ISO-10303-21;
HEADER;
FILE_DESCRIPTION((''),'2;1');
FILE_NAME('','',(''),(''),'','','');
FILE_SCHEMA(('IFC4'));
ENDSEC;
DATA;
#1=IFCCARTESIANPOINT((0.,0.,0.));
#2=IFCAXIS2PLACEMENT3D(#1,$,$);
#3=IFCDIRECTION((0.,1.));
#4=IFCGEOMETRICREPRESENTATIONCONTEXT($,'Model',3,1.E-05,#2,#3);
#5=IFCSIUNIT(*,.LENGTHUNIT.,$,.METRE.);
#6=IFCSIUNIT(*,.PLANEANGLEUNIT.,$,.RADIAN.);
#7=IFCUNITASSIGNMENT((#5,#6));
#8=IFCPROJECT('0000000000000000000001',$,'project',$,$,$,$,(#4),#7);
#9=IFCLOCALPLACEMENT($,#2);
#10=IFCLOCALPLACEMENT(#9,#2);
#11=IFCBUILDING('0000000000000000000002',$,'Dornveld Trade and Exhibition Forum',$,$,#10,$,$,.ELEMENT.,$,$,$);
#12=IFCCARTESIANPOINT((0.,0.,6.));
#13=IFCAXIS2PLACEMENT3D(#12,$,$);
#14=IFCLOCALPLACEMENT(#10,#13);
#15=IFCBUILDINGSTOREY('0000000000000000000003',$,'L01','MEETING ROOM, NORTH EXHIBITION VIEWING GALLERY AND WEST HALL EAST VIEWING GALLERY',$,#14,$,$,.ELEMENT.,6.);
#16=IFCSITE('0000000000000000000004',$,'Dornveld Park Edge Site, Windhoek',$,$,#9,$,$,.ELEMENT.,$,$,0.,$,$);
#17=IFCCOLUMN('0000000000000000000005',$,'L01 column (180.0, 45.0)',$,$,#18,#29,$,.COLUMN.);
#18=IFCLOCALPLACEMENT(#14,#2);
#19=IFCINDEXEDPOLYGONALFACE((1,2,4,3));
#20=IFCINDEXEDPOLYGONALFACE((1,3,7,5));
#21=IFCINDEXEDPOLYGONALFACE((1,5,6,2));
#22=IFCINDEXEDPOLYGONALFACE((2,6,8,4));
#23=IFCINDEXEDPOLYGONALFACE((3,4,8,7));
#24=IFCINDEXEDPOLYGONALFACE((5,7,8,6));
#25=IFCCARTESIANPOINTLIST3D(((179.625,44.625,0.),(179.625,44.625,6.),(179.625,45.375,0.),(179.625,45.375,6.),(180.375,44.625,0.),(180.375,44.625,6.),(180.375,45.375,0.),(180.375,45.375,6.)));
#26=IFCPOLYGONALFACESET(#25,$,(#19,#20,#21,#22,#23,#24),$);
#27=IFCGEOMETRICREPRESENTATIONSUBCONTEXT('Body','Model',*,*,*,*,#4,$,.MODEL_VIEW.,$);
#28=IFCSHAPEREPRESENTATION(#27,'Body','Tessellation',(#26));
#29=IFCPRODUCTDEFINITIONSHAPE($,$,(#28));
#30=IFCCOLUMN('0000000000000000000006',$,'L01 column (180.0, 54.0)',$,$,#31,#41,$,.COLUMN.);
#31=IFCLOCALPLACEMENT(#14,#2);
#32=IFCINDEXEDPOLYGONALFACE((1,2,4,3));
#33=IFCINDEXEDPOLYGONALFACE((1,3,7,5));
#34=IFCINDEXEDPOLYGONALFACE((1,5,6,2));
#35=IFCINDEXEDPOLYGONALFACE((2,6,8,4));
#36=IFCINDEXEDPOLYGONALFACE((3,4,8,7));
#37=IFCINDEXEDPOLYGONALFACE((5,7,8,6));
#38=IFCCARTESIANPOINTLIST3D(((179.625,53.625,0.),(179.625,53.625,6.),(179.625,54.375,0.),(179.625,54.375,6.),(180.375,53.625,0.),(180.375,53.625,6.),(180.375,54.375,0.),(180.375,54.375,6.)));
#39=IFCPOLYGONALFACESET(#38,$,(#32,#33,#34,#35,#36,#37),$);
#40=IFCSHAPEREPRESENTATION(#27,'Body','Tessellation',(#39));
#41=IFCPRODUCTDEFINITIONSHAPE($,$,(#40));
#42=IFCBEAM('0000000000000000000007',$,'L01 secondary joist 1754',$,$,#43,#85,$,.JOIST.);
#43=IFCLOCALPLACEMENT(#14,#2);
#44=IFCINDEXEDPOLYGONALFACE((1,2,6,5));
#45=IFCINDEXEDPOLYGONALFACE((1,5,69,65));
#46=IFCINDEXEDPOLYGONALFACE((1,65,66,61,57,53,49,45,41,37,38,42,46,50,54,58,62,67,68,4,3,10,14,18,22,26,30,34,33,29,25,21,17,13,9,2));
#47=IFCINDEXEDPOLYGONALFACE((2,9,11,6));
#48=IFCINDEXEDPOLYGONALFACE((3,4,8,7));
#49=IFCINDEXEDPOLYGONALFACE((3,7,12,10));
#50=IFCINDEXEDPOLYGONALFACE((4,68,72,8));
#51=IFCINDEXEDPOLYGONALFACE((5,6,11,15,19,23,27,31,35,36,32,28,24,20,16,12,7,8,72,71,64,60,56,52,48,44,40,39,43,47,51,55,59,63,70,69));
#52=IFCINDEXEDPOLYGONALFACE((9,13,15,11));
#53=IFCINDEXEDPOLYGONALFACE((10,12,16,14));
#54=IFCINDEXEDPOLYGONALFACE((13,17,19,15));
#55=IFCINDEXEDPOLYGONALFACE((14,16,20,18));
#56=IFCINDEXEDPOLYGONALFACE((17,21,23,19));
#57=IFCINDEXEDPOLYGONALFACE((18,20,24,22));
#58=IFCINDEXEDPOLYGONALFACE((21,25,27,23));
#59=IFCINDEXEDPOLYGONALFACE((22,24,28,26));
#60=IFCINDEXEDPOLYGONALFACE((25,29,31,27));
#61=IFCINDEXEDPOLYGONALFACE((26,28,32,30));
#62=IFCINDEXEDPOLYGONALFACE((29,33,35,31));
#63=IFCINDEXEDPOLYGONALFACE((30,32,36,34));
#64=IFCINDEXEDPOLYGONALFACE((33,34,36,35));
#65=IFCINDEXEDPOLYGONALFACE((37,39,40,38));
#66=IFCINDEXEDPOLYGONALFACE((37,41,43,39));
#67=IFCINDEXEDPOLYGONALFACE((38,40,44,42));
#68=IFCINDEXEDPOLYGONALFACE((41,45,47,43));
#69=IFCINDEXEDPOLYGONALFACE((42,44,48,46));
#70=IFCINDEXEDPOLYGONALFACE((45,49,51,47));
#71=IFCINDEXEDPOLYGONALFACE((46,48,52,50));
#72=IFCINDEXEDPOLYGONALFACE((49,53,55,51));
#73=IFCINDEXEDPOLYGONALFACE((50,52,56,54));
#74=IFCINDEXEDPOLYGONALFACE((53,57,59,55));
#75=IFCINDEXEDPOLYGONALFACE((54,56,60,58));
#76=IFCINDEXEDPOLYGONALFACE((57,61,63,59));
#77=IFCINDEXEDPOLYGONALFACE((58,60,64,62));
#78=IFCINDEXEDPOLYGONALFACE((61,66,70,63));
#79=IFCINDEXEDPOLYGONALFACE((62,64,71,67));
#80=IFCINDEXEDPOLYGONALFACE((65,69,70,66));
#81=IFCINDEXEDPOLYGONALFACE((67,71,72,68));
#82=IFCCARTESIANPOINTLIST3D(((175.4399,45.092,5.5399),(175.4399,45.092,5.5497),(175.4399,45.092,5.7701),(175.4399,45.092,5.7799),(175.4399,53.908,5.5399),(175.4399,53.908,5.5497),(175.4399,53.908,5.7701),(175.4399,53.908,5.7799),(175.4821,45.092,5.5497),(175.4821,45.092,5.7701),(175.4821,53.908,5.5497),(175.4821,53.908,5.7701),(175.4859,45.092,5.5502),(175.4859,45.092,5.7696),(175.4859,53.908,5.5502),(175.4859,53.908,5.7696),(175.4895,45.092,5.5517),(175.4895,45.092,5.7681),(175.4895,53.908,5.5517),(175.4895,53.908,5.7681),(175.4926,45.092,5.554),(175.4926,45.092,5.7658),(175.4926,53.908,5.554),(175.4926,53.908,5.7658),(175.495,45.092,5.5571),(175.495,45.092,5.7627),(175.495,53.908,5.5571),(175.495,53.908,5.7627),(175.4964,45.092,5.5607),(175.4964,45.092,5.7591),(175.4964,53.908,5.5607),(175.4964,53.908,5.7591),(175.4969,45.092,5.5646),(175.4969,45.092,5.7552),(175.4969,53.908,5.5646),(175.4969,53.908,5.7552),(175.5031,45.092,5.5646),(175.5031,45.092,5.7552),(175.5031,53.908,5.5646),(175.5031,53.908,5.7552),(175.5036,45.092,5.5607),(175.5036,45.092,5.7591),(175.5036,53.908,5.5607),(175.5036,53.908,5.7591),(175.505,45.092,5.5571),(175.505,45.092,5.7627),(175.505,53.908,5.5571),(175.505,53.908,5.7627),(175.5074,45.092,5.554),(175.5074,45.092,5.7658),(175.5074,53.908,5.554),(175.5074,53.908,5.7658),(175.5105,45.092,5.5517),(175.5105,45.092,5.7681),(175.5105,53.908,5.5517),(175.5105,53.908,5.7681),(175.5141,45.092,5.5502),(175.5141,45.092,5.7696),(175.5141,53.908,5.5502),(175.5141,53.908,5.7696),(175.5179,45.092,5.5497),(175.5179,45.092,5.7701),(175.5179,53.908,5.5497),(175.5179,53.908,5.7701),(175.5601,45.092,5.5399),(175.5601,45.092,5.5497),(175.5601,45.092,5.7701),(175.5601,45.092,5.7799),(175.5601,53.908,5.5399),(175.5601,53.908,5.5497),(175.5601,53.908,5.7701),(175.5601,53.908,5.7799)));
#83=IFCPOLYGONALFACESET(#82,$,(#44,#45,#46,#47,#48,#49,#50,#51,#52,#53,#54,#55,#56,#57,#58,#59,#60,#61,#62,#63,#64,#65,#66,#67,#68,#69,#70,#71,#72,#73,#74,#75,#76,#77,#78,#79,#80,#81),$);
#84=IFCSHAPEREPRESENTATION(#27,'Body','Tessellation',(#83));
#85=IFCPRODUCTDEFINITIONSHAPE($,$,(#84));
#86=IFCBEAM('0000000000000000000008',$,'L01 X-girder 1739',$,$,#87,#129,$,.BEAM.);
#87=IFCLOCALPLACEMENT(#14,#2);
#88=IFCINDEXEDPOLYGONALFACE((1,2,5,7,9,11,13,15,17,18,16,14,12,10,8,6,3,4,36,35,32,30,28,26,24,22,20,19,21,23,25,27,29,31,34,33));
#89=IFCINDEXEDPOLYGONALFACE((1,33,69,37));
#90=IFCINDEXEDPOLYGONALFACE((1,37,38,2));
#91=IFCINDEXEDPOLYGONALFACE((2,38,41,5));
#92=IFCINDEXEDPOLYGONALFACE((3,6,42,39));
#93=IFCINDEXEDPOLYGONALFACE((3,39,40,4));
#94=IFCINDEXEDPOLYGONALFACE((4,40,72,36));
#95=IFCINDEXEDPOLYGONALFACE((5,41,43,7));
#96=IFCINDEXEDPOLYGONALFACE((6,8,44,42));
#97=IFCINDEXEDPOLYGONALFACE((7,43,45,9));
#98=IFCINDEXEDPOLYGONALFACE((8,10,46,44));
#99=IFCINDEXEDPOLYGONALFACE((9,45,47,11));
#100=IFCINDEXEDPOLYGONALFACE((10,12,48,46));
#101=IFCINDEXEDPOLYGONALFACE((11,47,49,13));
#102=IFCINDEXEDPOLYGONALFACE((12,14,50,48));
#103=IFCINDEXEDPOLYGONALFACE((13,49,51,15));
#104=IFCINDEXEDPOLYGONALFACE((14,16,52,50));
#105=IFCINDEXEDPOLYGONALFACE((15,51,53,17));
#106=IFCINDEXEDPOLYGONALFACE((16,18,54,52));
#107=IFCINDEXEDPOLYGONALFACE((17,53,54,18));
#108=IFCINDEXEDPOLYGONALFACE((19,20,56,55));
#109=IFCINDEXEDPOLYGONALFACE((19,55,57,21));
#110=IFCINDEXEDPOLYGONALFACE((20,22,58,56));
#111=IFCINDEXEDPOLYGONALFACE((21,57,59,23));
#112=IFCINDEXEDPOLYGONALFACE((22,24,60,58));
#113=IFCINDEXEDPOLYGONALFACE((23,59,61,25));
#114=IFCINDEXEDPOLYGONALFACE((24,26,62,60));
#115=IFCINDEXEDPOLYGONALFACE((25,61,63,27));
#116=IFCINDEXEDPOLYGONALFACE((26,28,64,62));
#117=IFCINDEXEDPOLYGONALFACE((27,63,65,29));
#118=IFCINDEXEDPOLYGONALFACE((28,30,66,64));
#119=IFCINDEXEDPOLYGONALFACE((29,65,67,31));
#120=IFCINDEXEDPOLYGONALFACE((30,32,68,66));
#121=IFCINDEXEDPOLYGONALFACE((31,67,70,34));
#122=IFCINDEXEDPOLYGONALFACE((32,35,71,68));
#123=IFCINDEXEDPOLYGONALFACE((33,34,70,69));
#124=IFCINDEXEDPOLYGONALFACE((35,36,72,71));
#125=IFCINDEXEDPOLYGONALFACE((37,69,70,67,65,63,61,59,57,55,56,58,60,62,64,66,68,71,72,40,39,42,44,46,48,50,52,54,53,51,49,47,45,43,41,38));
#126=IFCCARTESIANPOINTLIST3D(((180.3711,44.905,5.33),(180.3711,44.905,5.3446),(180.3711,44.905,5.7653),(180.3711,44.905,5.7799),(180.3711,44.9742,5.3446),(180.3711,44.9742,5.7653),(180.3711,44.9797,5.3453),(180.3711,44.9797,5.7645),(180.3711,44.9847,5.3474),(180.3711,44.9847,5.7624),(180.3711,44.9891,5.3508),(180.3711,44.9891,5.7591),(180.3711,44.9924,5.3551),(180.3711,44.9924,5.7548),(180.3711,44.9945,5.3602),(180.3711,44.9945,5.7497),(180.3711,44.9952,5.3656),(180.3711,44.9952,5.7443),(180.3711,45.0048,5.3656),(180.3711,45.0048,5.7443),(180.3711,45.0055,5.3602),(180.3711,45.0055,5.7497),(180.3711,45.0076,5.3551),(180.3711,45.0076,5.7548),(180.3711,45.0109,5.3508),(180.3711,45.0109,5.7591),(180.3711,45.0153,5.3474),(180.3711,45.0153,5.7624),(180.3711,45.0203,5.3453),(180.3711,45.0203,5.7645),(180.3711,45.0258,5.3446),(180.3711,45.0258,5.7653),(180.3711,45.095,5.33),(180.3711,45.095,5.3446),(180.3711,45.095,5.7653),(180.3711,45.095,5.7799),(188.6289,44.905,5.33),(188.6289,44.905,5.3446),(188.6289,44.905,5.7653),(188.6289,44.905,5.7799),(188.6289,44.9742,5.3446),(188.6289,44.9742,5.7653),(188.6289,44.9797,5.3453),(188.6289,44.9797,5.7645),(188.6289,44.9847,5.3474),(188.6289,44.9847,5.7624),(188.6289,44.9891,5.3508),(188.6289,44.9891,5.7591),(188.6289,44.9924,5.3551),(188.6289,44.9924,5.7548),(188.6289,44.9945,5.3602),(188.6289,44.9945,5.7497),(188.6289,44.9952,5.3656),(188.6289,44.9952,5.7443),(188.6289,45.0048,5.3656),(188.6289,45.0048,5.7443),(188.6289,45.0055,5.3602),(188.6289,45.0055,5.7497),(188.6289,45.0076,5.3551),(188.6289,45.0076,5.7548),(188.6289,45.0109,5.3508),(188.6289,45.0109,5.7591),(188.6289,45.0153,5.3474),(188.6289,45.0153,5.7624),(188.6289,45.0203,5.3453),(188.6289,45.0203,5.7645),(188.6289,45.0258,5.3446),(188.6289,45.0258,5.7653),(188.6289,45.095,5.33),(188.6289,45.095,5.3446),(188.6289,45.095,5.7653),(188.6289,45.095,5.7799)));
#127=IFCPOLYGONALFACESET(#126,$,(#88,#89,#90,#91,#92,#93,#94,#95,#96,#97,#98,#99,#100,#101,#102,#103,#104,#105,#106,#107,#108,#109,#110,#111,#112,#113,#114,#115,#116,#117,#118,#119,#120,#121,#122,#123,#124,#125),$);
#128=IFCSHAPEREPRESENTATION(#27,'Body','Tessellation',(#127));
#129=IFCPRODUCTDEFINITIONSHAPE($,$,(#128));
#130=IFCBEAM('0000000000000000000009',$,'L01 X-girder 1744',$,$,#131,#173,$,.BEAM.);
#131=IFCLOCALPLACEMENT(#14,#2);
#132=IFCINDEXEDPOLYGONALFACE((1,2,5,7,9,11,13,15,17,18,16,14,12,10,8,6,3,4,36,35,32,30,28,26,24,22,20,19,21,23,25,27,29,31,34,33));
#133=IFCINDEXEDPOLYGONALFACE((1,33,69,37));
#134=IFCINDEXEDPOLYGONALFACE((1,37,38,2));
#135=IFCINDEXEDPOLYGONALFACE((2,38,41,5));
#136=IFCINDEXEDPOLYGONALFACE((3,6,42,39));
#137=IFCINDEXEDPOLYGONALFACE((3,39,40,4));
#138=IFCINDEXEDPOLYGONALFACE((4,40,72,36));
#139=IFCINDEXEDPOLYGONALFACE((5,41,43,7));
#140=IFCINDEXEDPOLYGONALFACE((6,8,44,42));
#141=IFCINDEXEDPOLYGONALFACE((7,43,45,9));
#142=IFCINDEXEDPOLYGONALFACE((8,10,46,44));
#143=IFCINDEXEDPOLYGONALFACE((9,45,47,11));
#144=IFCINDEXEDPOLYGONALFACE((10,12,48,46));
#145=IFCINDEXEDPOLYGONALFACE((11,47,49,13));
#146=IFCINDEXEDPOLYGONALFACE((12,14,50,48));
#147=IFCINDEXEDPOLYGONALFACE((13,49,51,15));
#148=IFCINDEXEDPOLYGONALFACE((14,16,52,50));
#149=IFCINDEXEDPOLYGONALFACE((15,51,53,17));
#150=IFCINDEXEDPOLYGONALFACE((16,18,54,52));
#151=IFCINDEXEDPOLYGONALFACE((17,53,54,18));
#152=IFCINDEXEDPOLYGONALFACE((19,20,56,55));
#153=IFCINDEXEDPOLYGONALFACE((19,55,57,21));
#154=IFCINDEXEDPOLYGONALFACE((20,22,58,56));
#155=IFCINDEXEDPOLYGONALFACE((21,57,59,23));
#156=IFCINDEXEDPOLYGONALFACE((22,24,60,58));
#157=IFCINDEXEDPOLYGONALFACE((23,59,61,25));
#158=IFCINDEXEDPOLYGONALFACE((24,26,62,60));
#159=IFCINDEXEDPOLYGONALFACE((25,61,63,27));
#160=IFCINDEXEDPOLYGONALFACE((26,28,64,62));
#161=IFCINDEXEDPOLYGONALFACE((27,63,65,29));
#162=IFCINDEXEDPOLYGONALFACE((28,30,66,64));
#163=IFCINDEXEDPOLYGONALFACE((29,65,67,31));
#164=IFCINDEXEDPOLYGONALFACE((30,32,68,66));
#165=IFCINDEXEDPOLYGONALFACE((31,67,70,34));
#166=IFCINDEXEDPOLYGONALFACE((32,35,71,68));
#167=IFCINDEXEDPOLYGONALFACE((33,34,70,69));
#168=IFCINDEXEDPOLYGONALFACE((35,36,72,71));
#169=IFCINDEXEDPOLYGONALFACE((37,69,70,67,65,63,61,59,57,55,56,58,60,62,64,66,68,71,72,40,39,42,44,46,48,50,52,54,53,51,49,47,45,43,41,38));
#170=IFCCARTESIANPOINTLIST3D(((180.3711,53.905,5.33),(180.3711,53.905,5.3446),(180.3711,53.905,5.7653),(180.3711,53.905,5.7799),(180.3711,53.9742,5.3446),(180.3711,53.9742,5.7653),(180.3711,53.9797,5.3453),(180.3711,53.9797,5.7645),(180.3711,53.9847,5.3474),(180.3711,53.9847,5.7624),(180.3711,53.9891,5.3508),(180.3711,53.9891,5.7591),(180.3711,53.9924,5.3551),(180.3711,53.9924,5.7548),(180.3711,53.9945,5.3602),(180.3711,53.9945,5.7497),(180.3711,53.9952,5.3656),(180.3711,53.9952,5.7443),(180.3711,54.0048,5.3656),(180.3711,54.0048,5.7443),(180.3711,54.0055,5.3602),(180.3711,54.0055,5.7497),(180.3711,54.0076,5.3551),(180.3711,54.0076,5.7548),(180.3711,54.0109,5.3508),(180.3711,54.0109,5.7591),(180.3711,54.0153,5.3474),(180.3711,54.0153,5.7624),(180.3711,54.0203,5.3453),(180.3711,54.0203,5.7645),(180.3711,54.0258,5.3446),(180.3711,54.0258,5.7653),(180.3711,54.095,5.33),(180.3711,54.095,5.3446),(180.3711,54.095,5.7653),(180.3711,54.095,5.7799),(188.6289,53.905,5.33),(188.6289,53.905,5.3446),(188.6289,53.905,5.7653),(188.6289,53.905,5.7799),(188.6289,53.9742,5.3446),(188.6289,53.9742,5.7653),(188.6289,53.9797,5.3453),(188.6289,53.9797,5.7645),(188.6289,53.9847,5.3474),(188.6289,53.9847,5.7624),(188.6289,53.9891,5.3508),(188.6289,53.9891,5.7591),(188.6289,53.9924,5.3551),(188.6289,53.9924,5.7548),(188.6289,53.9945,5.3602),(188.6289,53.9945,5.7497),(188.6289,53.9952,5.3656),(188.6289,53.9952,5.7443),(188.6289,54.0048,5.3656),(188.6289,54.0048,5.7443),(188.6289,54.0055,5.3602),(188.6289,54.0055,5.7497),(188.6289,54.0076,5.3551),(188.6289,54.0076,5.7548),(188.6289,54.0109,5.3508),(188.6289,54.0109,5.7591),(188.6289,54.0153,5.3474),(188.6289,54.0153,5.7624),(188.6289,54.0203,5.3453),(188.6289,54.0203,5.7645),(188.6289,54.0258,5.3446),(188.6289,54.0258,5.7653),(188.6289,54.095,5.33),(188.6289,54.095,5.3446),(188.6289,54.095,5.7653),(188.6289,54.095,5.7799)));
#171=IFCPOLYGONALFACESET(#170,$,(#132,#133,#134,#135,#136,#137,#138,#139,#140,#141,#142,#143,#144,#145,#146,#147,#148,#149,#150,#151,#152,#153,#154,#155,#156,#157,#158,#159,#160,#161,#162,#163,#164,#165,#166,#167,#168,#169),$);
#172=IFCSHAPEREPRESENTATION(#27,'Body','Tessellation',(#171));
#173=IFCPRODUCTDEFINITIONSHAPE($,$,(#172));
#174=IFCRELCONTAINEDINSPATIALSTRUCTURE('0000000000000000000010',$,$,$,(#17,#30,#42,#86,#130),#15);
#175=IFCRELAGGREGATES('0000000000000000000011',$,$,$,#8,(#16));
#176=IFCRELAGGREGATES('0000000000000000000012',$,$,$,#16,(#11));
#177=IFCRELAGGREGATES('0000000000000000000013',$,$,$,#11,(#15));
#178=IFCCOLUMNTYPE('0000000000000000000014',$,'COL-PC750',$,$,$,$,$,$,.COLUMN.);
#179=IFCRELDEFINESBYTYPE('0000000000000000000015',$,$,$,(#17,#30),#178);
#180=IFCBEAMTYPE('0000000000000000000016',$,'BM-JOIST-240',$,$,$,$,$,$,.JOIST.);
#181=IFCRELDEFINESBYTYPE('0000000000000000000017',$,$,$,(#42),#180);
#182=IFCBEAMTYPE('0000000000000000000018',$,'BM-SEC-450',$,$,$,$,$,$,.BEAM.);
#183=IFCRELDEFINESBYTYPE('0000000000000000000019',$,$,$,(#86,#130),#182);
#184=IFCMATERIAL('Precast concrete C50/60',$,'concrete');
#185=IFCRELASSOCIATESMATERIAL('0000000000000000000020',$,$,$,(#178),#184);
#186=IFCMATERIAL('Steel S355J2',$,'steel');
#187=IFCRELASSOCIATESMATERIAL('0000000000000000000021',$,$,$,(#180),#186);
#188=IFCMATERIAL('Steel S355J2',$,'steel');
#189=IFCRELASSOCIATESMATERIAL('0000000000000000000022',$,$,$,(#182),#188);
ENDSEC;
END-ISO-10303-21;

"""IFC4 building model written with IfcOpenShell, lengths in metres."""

from ifc_helpers import new_model, si_unit, direction, frame, origin, origin_2d, place, context, subcontext, project, spatial, rectangle, i_section, extrude, material, material_profile, profile_set, type_object, element, save


model = new_model("IFC4")

# Units and contexts
model_context = context("Model", 3, precision=1e-05, world=origin(), true_north=direction((0.0, 1.0)))
body_context = subcontext(model_context, "Body", "Model", "MODEL_VIEW")
ifc_project = project(units=[si_unit("LENGTHUNIT", "METRE"), si_unit("PLANEANGLEUNIT", "RADIAN")], contexts=[model_context])

# Site, building, storey
site_placement = place(None, origin())
site = spatial("IfcSite", under=ifc_project, at=site_placement, Name="Dornveld Park Edge Site, Windhoek", CompositionType="ELEMENT", RefElevation=0.0)
building_placement = place(site_placement, origin())
building = spatial("IfcBuilding", under=site, at=building_placement, Name="Dornveld Trade and Exhibition Forum", CompositionType="ELEMENT")
storey_placement = place(building_placement, frame((0.0, 0.0, 6.0)))
storey = spatial("IfcBuildingStorey", under=building, at=storey_placement, Name="L01", Description="MEETING ROOM, NORTH EXHIBITION VIEWING GALLERY AND WEST HALL EAST VIEWING GALLERY", CompositionType="ELEMENT", Elevation=6.0)

# Columns
ifc_material_1 = material(Name="Precast concrete C50/60", Category="concrete")
ifc_material_profile_1 = material_profile(ifc_material_1, rectangle(XDim=0.75, YDim=0.75, at=origin_2d()), Name="PC-COL 750x750")
ifc_profile_set_1 = profile_set([ifc_material_profile_1], Name="Precast concrete C50/60")
column_type = type_object("IfcColumnType", Name="COL-PC750", PredefinedType="COLUMN", material=ifc_profile_set_1)
for number, where, z_axis, x_axis, name in (
    (1, (180.0, 45.0, 0.0), (0.0, 0.0, 1.0), (1.0, 0.0, 0.0), "L01 column (180.0, 45.0)"),
    (2, (180.0, 54.0, 0.0), (0.0, 0.0, 1.0), (1.0, 0.0, 0.0), "L01 column (180.0, 54.0)"),
):
    element("IfcColumn", number, at=place(storey_placement, frame(where, z_axis=z_axis, x_axis=x_axis)), inside=storey, type_object=column_type, Name=name, PredefinedType="COLUMN", context=body_context, shape_type="SweptSolid", body=[
        extrude(rectangle(XDim=0.75, YDim=0.75, at=origin_2d()), origin(), (0.0, 0.0, 1.0), 6.0),
    ])

# Beams
ifc_material_2 = material(Name="Steel S355J2", Category="steel")
ifc_material_profile_2 = material_profile(ifc_material_2, i_section(OverallWidth=0.1201, OverallDepth=0.24, WebThickness=0.0061, FlangeThickness=0.0098, FilletRadius=0.0149, at=origin_2d()), Name="IPE 240")
ifc_profile_set_2 = profile_set([ifc_material_profile_2], Name="Steel S355J2")
beam_type_1 = type_object("IfcBeamType", Name="BM-JOIST-240", PredefinedType="JOIST", material=ifc_profile_set_2)
beam_placement = place(storey_placement, frame((175.5, 45.092, 5.6599), z_axis=(0.0, 1.0, 0.0), x_axis=(-1.0, 0.0, 0.0)))
element("IfcBeam", 3, at=beam_placement, inside=storey, type_object=beam_type_1, Name="L01 secondary joist 1754", PredefinedType="JOIST", context=body_context, shape_type="SweptSolid", body=[
    extrude(i_section(OverallWidth=0.1201, OverallDepth=0.24, WebThickness=0.0061, FlangeThickness=0.0098, FilletRadius=0.0149, at=origin_2d()), origin(), (0.0, 0.0, 1.0), 8.8159),
])
ifc_material_3 = material(Name="Steel S355J2", Category="steel")
ifc_material_profile_3 = material_profile(ifc_material_3, i_section(OverallWidth=0.1899, OverallDepth=0.45, WebThickness=0.0095, FlangeThickness=0.0146, FilletRadius=0.021, at=origin_2d()), Name="IPE 450")
ifc_profile_set_3 = profile_set([ifc_material_profile_3], Name="Steel S355J2")
beam_type_2 = type_object("IfcBeamType", Name="BM-SEC-450", PredefinedType="BEAM", material=ifc_profile_set_3)
for number, where, z_axis, x_axis, name in (
    (4, (180.3711, 45.0, 5.5549), (1.0, 0.0, 0.0), (0.0, 1.0, 0.0), "L01 X-girder 1739"),
    (5, (180.3711, 54.0, 5.5549), (1.0, 0.0, 0.0), (0.0, 1.0, 0.0), "L01 X-girder 1744"),
):
    element("IfcBeam", number, at=place(storey_placement, frame(where, z_axis=z_axis, x_axis=x_axis)), inside=storey, type_object=beam_type_2, Name=name, PredefinedType="BEAM", context=body_context, shape_type="SweptSolid", body=[
        extrude(i_section(OverallWidth=0.1899, OverallDepth=0.45, WebThickness=0.0095, FlangeThickness=0.0146, FilletRadius=0.021, at=origin_2d()), origin(), (0.0, 0.0, 1.0), 8.2578),
    ])

save(model, "model.ifc")
